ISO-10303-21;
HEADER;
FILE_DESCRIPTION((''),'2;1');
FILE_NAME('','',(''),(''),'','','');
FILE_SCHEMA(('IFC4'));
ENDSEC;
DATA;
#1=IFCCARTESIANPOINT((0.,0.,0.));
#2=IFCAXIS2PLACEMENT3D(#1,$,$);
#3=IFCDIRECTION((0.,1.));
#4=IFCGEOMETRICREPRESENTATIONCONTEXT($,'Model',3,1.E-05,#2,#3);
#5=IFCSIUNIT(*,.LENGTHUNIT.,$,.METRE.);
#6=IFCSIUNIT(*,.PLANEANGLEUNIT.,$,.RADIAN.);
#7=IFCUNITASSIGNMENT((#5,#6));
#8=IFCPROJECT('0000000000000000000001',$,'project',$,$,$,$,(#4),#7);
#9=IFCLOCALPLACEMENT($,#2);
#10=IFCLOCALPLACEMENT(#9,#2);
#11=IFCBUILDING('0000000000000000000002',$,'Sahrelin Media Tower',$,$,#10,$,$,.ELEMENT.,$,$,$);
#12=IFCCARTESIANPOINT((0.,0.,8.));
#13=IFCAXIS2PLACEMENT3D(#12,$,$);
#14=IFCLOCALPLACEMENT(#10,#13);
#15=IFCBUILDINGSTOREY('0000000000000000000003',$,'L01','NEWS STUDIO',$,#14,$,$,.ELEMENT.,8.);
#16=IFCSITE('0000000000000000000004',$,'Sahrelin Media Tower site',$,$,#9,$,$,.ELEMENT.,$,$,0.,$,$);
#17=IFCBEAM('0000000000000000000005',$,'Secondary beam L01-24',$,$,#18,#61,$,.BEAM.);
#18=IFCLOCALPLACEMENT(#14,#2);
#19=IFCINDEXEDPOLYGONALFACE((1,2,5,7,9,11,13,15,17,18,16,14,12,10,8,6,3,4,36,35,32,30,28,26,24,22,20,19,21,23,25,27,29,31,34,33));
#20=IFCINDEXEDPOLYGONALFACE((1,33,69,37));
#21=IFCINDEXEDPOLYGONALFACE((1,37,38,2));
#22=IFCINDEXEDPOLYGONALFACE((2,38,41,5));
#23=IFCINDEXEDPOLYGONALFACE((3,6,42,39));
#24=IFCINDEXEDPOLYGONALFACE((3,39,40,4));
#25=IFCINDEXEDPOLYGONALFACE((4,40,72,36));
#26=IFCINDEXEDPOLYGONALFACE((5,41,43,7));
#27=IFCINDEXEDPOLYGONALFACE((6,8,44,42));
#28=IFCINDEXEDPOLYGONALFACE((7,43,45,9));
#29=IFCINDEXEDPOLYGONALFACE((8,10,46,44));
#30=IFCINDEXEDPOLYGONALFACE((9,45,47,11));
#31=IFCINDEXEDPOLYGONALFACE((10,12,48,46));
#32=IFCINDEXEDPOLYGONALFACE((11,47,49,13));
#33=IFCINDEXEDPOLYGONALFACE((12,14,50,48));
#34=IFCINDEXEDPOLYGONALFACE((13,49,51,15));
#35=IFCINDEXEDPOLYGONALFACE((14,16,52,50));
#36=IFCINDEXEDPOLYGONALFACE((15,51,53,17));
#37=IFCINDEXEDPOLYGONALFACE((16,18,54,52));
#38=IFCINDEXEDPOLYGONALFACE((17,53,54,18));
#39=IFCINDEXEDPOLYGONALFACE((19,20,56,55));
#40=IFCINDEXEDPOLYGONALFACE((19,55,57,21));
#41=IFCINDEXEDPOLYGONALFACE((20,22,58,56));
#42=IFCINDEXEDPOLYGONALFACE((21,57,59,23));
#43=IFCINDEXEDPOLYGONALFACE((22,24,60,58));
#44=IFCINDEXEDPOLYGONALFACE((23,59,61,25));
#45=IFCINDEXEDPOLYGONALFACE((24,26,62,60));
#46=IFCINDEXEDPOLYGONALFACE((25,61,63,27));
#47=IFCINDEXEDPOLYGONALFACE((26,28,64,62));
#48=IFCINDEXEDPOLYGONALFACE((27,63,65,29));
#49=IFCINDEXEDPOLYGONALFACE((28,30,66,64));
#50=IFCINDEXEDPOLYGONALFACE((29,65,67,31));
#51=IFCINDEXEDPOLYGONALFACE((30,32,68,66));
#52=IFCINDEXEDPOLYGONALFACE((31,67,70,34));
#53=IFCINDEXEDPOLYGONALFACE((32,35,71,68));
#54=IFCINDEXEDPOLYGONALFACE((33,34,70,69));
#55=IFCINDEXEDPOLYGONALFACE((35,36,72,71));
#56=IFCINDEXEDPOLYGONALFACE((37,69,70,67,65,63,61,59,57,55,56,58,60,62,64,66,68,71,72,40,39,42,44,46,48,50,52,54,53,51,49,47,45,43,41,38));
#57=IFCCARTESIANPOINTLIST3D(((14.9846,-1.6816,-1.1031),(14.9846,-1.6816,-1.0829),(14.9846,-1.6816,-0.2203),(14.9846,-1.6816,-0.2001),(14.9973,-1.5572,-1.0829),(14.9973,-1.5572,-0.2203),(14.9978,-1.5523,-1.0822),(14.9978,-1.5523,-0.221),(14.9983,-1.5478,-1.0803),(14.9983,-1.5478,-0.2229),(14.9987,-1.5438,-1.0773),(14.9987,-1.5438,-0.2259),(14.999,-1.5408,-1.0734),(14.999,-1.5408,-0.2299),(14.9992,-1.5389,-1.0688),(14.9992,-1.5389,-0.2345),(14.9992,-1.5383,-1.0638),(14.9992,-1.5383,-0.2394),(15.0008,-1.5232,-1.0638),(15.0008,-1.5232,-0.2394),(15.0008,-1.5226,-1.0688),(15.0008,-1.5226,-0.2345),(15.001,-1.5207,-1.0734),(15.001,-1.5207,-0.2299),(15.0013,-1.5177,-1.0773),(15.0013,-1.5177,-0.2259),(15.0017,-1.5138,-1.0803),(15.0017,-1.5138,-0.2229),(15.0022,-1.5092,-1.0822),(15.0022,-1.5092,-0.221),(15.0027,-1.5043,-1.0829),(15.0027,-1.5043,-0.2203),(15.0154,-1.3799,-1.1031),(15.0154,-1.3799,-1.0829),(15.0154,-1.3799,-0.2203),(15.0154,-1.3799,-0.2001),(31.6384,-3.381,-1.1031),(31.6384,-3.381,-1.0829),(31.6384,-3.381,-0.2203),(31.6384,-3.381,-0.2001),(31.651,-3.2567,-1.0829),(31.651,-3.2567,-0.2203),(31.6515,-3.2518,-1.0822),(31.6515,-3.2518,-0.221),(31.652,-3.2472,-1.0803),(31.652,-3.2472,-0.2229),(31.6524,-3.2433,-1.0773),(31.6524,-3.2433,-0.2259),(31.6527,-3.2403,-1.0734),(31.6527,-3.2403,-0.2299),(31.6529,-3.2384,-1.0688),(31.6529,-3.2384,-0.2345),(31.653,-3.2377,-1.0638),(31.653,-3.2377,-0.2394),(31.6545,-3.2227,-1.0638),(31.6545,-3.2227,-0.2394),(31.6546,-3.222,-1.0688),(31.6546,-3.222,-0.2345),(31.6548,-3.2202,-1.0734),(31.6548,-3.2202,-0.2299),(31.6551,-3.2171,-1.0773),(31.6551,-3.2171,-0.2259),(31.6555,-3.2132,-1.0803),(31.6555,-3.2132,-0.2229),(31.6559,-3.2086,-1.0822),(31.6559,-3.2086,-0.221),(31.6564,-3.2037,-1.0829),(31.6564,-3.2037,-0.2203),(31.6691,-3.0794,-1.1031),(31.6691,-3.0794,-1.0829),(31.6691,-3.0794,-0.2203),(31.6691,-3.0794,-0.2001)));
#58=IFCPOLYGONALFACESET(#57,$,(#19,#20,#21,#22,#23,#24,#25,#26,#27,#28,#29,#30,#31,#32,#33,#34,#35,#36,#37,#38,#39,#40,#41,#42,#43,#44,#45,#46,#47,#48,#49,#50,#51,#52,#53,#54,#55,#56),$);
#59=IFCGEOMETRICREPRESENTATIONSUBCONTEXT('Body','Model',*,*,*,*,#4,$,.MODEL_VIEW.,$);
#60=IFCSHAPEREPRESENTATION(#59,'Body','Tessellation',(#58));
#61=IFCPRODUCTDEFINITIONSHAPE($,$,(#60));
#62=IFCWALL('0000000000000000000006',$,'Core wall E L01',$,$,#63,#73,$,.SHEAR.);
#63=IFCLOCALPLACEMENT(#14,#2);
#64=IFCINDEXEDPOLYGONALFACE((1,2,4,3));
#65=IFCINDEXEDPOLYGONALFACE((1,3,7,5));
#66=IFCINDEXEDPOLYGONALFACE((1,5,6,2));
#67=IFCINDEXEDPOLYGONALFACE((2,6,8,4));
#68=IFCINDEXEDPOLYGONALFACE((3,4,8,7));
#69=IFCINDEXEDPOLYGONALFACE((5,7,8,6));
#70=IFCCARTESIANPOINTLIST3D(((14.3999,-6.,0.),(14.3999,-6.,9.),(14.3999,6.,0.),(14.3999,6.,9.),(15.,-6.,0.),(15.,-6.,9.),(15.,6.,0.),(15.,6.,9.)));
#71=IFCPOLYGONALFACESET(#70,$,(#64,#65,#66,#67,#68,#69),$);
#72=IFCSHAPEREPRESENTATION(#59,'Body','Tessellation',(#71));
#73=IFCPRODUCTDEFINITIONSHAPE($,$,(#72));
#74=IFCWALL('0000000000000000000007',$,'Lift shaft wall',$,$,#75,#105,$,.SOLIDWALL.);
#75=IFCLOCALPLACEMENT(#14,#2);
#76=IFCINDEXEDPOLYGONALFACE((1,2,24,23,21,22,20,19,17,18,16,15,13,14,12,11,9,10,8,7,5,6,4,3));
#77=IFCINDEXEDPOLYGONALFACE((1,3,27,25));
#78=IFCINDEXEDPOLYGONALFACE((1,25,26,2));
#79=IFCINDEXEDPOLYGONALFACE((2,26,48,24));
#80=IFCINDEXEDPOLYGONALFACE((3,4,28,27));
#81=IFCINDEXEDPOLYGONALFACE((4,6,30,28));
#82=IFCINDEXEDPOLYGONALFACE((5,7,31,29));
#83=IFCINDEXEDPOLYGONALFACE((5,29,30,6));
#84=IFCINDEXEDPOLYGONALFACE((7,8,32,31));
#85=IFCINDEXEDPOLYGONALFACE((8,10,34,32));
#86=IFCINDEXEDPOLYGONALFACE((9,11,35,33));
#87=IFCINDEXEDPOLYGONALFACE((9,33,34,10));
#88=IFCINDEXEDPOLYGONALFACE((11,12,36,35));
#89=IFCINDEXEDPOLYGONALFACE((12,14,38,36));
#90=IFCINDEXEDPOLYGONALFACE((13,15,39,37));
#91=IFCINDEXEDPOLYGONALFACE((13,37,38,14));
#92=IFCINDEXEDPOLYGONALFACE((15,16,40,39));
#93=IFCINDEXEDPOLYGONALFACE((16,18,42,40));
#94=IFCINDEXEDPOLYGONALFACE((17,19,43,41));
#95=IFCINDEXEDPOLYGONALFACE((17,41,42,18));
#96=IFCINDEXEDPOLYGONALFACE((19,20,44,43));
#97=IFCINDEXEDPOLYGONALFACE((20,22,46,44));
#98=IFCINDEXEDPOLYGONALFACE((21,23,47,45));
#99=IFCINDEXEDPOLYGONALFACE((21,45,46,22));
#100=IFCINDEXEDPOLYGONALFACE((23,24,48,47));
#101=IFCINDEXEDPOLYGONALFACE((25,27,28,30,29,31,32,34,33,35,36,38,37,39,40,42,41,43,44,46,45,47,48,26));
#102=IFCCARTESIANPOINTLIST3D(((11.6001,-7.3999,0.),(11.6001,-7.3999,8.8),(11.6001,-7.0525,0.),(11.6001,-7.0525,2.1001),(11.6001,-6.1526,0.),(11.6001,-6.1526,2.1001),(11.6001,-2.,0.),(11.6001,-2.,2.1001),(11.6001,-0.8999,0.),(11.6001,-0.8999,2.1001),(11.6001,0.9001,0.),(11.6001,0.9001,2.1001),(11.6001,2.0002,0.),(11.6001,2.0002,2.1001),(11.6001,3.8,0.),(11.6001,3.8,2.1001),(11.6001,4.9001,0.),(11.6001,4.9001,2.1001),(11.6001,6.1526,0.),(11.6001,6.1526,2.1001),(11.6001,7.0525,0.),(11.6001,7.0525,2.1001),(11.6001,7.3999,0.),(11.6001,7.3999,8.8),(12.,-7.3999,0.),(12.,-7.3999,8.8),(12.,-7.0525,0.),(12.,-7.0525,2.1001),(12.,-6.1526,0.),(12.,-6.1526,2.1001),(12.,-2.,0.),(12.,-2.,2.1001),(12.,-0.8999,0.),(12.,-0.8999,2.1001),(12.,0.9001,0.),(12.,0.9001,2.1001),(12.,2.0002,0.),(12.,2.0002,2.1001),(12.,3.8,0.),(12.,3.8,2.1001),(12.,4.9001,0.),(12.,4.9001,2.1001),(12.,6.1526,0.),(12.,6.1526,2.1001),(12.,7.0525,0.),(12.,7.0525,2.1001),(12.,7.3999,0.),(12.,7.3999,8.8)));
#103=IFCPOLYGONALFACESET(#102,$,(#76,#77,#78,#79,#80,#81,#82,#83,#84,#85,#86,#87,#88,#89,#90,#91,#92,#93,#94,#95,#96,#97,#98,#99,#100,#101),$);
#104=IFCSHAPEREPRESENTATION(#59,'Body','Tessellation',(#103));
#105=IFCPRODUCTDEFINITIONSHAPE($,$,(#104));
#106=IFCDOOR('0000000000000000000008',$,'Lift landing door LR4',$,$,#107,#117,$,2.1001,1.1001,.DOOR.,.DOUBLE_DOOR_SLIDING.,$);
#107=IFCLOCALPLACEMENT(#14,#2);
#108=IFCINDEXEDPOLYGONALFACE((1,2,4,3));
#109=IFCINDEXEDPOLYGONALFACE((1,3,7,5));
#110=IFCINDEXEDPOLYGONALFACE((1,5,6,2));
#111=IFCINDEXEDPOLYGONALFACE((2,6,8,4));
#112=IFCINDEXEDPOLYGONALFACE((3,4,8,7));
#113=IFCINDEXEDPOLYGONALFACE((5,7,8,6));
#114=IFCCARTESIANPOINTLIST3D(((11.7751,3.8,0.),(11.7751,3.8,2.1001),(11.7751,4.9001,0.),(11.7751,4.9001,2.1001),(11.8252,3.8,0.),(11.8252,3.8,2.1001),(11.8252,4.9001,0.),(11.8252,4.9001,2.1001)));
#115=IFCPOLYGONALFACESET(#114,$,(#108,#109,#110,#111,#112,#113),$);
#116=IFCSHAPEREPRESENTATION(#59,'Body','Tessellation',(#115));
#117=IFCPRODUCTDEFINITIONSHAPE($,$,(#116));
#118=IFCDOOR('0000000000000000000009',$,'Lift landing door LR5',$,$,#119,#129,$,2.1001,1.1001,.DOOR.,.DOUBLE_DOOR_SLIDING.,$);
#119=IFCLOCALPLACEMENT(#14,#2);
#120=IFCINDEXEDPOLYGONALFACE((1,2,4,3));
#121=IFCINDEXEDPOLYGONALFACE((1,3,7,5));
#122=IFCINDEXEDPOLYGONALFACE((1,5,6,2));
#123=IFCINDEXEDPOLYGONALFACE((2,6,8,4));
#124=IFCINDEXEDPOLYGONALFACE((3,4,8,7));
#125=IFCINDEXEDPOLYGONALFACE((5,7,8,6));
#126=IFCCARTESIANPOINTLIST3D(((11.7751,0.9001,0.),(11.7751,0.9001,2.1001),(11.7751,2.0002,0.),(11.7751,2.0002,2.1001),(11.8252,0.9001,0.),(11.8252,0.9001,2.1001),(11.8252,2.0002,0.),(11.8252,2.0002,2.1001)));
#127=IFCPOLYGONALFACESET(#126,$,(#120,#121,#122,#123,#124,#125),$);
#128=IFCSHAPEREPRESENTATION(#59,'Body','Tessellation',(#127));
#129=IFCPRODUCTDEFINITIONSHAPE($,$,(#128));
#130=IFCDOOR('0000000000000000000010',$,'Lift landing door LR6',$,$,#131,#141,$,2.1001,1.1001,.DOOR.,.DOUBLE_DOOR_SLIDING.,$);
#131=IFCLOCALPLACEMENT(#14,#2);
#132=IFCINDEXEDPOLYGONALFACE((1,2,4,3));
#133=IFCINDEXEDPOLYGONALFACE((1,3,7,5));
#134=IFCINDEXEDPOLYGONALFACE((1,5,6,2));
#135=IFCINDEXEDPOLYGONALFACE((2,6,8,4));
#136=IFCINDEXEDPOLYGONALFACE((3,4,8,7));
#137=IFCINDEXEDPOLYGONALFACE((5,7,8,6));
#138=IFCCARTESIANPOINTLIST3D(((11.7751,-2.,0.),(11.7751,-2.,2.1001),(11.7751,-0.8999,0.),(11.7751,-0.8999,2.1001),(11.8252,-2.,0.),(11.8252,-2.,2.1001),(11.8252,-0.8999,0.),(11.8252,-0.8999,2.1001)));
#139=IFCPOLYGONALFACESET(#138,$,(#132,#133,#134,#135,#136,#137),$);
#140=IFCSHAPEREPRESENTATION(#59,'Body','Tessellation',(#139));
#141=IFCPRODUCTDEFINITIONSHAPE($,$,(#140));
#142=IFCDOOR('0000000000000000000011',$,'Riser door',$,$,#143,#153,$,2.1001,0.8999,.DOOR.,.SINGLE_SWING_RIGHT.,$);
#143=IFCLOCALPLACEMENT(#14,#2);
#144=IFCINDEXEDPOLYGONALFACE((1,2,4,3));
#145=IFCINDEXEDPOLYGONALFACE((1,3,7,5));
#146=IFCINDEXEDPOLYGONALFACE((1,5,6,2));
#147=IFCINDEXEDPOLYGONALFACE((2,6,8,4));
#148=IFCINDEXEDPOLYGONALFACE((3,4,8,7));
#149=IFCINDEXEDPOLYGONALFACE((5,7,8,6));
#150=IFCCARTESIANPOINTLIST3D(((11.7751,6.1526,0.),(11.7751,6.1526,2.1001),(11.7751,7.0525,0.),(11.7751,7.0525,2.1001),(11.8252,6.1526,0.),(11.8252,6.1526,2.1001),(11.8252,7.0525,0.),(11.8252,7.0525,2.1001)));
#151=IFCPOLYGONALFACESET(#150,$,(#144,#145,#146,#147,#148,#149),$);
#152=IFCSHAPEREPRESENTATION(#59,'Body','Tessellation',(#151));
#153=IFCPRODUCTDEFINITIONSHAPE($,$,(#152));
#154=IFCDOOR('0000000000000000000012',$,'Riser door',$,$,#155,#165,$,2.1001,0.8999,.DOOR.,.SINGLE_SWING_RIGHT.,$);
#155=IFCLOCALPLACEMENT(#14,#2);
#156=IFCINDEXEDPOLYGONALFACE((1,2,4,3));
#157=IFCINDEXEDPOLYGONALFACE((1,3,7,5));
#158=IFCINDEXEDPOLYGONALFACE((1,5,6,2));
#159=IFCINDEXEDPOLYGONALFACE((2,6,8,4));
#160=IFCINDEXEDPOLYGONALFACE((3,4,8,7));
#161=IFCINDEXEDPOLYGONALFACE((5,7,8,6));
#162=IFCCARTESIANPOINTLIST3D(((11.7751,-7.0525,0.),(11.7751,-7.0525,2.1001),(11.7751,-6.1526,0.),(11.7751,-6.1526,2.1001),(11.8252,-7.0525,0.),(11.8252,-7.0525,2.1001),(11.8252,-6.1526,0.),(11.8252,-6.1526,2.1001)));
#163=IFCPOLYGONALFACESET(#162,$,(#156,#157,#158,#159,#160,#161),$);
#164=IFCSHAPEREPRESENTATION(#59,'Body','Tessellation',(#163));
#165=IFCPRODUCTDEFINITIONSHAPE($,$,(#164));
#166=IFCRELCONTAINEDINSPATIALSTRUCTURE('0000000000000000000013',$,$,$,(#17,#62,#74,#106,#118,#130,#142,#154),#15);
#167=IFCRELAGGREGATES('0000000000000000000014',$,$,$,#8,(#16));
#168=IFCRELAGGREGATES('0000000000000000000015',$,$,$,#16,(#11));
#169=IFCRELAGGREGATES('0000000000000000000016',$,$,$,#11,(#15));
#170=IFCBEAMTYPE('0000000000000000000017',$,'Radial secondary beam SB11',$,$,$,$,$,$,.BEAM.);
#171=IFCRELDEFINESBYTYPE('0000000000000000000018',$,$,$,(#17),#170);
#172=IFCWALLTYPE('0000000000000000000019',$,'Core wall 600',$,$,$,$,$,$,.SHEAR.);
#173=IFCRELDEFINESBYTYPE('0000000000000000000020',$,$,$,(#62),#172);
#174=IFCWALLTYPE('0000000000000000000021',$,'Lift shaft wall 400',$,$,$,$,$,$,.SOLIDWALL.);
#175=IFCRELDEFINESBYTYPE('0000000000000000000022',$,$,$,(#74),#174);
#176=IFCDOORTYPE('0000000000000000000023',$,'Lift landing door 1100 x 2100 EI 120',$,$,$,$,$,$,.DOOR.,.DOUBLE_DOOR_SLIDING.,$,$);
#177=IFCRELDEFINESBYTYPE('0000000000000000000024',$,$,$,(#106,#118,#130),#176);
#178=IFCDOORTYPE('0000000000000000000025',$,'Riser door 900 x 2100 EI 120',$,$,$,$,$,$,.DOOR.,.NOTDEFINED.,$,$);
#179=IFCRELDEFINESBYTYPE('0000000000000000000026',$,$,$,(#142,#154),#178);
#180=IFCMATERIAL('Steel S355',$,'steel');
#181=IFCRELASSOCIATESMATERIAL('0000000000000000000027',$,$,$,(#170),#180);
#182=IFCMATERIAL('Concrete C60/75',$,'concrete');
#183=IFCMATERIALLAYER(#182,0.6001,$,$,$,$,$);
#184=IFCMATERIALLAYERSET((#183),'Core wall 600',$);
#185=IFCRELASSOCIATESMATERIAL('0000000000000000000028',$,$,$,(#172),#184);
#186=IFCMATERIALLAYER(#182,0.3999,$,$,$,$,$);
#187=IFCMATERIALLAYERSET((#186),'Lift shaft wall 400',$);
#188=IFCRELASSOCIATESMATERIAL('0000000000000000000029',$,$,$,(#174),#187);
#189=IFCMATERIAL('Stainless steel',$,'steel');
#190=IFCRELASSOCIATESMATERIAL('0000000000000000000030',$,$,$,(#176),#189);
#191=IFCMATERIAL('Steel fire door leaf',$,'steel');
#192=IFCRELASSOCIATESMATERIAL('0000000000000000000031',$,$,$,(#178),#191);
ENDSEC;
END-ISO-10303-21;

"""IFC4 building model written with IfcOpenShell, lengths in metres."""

from ifc_helpers import new_model, si_unit, direction, frame, frame_2d, origin, origin_2d, place, context, subcontext, project, spatial, rectangle, i_section, extrude, material, layer, layer_set, material_profile, profile_set, type_object, element, fill, save


model = new_model("IFC4")

# Units and contexts
model_context = context("Model", 3, precision=1e-05, world=origin(), true_north=direction((0.0, 1.0)))
body_context = subcontext(model_context, "Body", "Model", "MODEL_VIEW")
ifc_project = project(units=[si_unit("LENGTHUNIT", "METRE"), si_unit("PLANEANGLEUNIT", "RADIAN")], contexts=[model_context])

# Site, building, storey
site_placement = place(None, origin())
site = spatial("IfcSite", under=ifc_project, at=site_placement, Name="Sahrelin Media Tower site", CompositionType="ELEMENT", RefElevation=0.0)
building_placement = place(site_placement, origin())
building = spatial("IfcBuilding", under=site, at=building_placement, Name="Sahrelin Media Tower", CompositionType="ELEMENT")
storey_placement = place(building_placement, frame((0.0, 0.0, 8.0)))
storey = spatial("IfcBuildingStorey", under=building, at=storey_placement, Name="L01", Description="NEWS STUDIO", CompositionType="ELEMENT", Elevation=8.0)

# Beam
ifc_material_1 = material(Name="Steel S355", Category="steel")
ifc_material_profile_1 = material_profile(ifc_material_1, i_section(OverallWidth=0.3032, OverallDepth=0.9031, WebThickness=0.0151, FlangeThickness=0.0203, FilletRadius=0.019, at=origin_2d()), Name="UB 914x305x201")
ifc_profile_set_1 = profile_set([ifc_material_profile_1], Name="Steel S355")
beam_type_1 = type_object("IfcBeamType", Name="Radial secondary beam SB11", PredefinedType="BEAM", material=ifc_profile_set_1)
beam_1_placement = place(storey_placement, frame((15.0, -1.5308, -0.6516), z_axis=(0.994834, -0.101519, 0.0), x_axis=(0.101519, 0.994834, 0.0)))
element("IfcBeam", 1, at=beam_1_placement, inside=storey, type_object=beam_type_1, Name="Secondary beam L01-24", PredefinedType="BEAM", context=body_context, shape_type="SweptSolid", body=[
    extrude(i_section(OverallWidth=0.3032, OverallDepth=0.9031, WebThickness=0.0151, FlangeThickness=0.0203, FilletRadius=0.019, at=origin_2d()), origin(), (0.0, 0.0, 1.0), 16.7402),
])

# Wall
ifc_material_2 = material(Name="Concrete C60/75", Category="concrete")
ifc_layer_1 = layer(ifc_material_2, 0.6001)
ifc_layer_set_1 = layer_set([ifc_layer_1], Name="Core wall 600")
wall_type_1 = type_object("IfcWallType", Name="Core wall 600", PredefinedType="SHEAR", material=ifc_layer_set_1)
wall_1_placement = place(storey_placement, frame((14.7, -6.0, 0.0), z_axis=(0.0, 0.0, 1.0), x_axis=(0.0, 1.0, 0.0)))
element("IfcWall", 2, at=wall_1_placement, inside=storey, type_object=wall_type_1, Name="Core wall E L01", PredefinedType="SHEAR", context=body_context, shape_type="SweptSolid", body=[
    extrude(rectangle(XDim=12.0, YDim=0.6001, at=frame_2d((6.0, 0.0))), origin(), (0.0, 0.0, 1.0), 9.0),
])

# Wall, openings, doors
ifc_layer_2 = layer(ifc_material_2, 0.3999)
ifc_layer_set_2 = layer_set([ifc_layer_2], Name="Lift shaft wall 400")
wall_type_2 = type_object("IfcWallType", Name="Lift shaft wall 400", PredefinedType="SOLIDWALL", material=ifc_layer_set_2)
wall_2_placement = place(storey_placement, frame((11.8, -7.3999, 0.0), z_axis=(0.0, 0.0, 1.0), x_axis=(0.0, 1.0, 0.0)))
wall_2 = element("IfcWall", 3, at=wall_2_placement, inside=storey, type_object=wall_type_2, Name="Lift shaft wall", PredefinedType="SOLIDWALL", context=body_context, shape_type="SweptSolid", body=[
    extrude(rectangle(XDim=14.7998, YDim=0.3999, at=frame_2d((7.3999, 0.0))), origin(), (0.0, 0.0, 1.0), 8.8),
])
opening_1_placement = place(wall_2_placement, frame((11.2, 0.0, 0.0)))
opening_1 = element("IfcOpeningElement", 4, at=opening_1_placement, cuts=wall_2, PredefinedType="OPENING", context=body_context, shape_type="SweptSolid", body=[
    extrude(rectangle(XDim=1.1001, YDim=2.1001, at=frame_2d((0.55, 1.05))), frame((0.0, 0.2, 0.0), z_axis=(0.0, -1.0, 0.0), x_axis=(1.0, 0.0, 0.0)), (0.0, 0.0, 1.0), 0.3999),
])
opening_2_placement = place(wall_2_placement, frame((8.3, 0.0, 0.0)))
opening_2 = element("IfcOpeningElement", 5, at=opening_2_placement, cuts=wall_2, PredefinedType="OPENING", context=body_context, shape_type="SweptSolid", body=[
    extrude(rectangle(XDim=1.1001, YDim=2.1001, at=frame_2d((0.55, 1.05))), frame((0.0, 0.2, 0.0), z_axis=(0.0, -1.0, 0.0), x_axis=(1.0, 0.0, 0.0)), (0.0, 0.0, 1.0), 0.3999),
])
opening_3_placement = place(wall_2_placement, frame((5.3999, 0.0, 0.0)))
opening_3 = element("IfcOpeningElement", 6, at=opening_3_placement, cuts=wall_2, PredefinedType="OPENING", context=body_context, shape_type="SweptSolid", body=[
    extrude(rectangle(XDim=1.1001, YDim=2.1001, at=frame_2d((0.55, 1.05))), frame((0.0, 0.2, 0.0), z_axis=(0.0, -1.0, 0.0), x_axis=(1.0, 0.0, 0.0)), (0.0, 0.0, 1.0), 0.3999),
])
opening_4_placement = place(wall_2_placement, frame((13.5525, 0.0, 0.0)))
opening_4 = element("IfcOpeningElement", 7, at=opening_4_placement, cuts=wall_2, PredefinedType="OPENING", context=body_context, shape_type="SweptSolid", body=[
    extrude(rectangle(XDim=0.8999, YDim=2.1001, at=frame_2d((0.45, 1.05))), frame((0.0, 0.2, 0.0), z_axis=(0.0, -1.0, 0.0), x_axis=(1.0, 0.0, 0.0)), (0.0, 0.0, 1.0), 0.3999),
])
opening_5_placement = place(wall_2_placement, frame((0.3474, 0.0, 0.0)))
opening_5 = element("IfcOpeningElement", 8, at=opening_5_placement, cuts=wall_2, PredefinedType="OPENING", context=body_context, shape_type="SweptSolid", body=[
    extrude(rectangle(XDim=0.8999, YDim=2.1001, at=frame_2d((0.45, 1.05))), frame((0.0, 0.2, 0.0), z_axis=(0.0, -1.0, 0.0), x_axis=(1.0, 0.0, 0.0)), (0.0, 0.0, 1.0), 0.3999),
])
ifc_material_3 = material(Name="Stainless steel", Category="steel")
door_type_1 = type_object("IfcDoorType", Name="Lift landing door 1100 x 2100 EI 120", OperationType="DOUBLE_DOOR_SLIDING", PredefinedType="DOOR", material=ifc_material_3)
door_1_placement = place(opening_1_placement, origin())
door_1 = element("IfcDoor", 9, at=door_1_placement, inside=storey, type_object=door_type_1, Name="Lift landing door LR4", OperationType="DOUBLE_DOOR_SLIDING", OverallHeight=2.1001, OverallWidth=1.1001, PredefinedType="DOOR", context=body_context, shape_type="SweptSolid", body=[
    extrude(rectangle(XDim=1.1001, YDim=2.1001, at=frame_2d((0.55, 1.05))), frame((0.0, 0.0249, 0.0), z_axis=(0.0, -1.0, 0.0), x_axis=(1.0, 0.0, 0.0)), (0.0, 0.0, 1.0), 0.05),
])
fill(opening_1, door_1)
door_2_placement = place(opening_2_placement, origin())
door_2 = element("IfcDoor", 10, at=door_2_placement, inside=storey, type_object=door_type_1, Name="Lift landing door LR5", OperationType="DOUBLE_DOOR_SLIDING", OverallHeight=2.1001, OverallWidth=1.1001, PredefinedType="DOOR", context=body_context, shape_type="SweptSolid", body=[
    extrude(rectangle(XDim=1.1001, YDim=2.1001, at=frame_2d((0.55, 1.05))), frame((0.0, 0.0249, 0.0), z_axis=(0.0, -1.0, 0.0), x_axis=(1.0, 0.0, 0.0)), (0.0, 0.0, 1.0), 0.05),
])
fill(opening_2, door_2)
door_3_placement = place(opening_3_placement, origin())
door_3 = element("IfcDoor", 11, at=door_3_placement, inside=storey, type_object=door_type_1, Name="Lift landing door LR6", OperationType="DOUBLE_DOOR_SLIDING", OverallHeight=2.1001, OverallWidth=1.1001, PredefinedType="DOOR", context=body_context, shape_type="SweptSolid", body=[
    extrude(rectangle(XDim=1.1001, YDim=2.1001, at=frame_2d((0.55, 1.05))), frame((0.0, 0.0249, 0.0), z_axis=(0.0, -1.0, 0.0), x_axis=(1.0, 0.0, 0.0)), (0.0, 0.0, 1.0), 0.05),
])
fill(opening_3, door_3)
ifc_material_4 = material(Name="Steel fire door leaf", Category="steel")
door_type_2 = type_object("IfcDoorType", Name="Riser door 900 x 2100 EI 120", OperationType="NOTDEFINED", PredefinedType="DOOR", material=ifc_material_4)
door_4_placement = place(opening_4_placement, origin())
door_4 = element("IfcDoor", 12, at=door_4_placement, inside=storey, type_object=door_type_2, Name="Riser door", OperationType="SINGLE_SWING_RIGHT", OverallHeight=2.1001, OverallWidth=0.8999, PredefinedType="DOOR", context=body_context, shape_type="SweptSolid", body=[
    extrude(rectangle(XDim=0.8999, YDim=2.1001, at=frame_2d((0.45, 1.05))), frame((0.0, 0.0249, 0.0), z_axis=(0.0, -1.0, 0.0), x_axis=(1.0, 0.0, 0.0)), (0.0, 0.0, 1.0), 0.05),
])
fill(opening_4, door_4)
door_5_placement = place(opening_5_placement, origin())
door_5 = element("IfcDoor", 13, at=door_5_placement, inside=storey, type_object=door_type_2, Name="Riser door", OperationType="SINGLE_SWING_RIGHT", OverallHeight=2.1001, OverallWidth=0.8999, PredefinedType="DOOR", context=body_context, shape_type="SweptSolid", body=[
    extrude(rectangle(XDim=0.8999, YDim=2.1001, at=frame_2d((0.45, 1.05))), frame((0.0, 0.0249, 0.0), z_axis=(0.0, -1.0, 0.0), x_axis=(1.0, 0.0, 0.0)), (0.0, 0.0, 1.0), 0.05),
])
fill(opening_5, door_5)

save(model, "model.ifc")
